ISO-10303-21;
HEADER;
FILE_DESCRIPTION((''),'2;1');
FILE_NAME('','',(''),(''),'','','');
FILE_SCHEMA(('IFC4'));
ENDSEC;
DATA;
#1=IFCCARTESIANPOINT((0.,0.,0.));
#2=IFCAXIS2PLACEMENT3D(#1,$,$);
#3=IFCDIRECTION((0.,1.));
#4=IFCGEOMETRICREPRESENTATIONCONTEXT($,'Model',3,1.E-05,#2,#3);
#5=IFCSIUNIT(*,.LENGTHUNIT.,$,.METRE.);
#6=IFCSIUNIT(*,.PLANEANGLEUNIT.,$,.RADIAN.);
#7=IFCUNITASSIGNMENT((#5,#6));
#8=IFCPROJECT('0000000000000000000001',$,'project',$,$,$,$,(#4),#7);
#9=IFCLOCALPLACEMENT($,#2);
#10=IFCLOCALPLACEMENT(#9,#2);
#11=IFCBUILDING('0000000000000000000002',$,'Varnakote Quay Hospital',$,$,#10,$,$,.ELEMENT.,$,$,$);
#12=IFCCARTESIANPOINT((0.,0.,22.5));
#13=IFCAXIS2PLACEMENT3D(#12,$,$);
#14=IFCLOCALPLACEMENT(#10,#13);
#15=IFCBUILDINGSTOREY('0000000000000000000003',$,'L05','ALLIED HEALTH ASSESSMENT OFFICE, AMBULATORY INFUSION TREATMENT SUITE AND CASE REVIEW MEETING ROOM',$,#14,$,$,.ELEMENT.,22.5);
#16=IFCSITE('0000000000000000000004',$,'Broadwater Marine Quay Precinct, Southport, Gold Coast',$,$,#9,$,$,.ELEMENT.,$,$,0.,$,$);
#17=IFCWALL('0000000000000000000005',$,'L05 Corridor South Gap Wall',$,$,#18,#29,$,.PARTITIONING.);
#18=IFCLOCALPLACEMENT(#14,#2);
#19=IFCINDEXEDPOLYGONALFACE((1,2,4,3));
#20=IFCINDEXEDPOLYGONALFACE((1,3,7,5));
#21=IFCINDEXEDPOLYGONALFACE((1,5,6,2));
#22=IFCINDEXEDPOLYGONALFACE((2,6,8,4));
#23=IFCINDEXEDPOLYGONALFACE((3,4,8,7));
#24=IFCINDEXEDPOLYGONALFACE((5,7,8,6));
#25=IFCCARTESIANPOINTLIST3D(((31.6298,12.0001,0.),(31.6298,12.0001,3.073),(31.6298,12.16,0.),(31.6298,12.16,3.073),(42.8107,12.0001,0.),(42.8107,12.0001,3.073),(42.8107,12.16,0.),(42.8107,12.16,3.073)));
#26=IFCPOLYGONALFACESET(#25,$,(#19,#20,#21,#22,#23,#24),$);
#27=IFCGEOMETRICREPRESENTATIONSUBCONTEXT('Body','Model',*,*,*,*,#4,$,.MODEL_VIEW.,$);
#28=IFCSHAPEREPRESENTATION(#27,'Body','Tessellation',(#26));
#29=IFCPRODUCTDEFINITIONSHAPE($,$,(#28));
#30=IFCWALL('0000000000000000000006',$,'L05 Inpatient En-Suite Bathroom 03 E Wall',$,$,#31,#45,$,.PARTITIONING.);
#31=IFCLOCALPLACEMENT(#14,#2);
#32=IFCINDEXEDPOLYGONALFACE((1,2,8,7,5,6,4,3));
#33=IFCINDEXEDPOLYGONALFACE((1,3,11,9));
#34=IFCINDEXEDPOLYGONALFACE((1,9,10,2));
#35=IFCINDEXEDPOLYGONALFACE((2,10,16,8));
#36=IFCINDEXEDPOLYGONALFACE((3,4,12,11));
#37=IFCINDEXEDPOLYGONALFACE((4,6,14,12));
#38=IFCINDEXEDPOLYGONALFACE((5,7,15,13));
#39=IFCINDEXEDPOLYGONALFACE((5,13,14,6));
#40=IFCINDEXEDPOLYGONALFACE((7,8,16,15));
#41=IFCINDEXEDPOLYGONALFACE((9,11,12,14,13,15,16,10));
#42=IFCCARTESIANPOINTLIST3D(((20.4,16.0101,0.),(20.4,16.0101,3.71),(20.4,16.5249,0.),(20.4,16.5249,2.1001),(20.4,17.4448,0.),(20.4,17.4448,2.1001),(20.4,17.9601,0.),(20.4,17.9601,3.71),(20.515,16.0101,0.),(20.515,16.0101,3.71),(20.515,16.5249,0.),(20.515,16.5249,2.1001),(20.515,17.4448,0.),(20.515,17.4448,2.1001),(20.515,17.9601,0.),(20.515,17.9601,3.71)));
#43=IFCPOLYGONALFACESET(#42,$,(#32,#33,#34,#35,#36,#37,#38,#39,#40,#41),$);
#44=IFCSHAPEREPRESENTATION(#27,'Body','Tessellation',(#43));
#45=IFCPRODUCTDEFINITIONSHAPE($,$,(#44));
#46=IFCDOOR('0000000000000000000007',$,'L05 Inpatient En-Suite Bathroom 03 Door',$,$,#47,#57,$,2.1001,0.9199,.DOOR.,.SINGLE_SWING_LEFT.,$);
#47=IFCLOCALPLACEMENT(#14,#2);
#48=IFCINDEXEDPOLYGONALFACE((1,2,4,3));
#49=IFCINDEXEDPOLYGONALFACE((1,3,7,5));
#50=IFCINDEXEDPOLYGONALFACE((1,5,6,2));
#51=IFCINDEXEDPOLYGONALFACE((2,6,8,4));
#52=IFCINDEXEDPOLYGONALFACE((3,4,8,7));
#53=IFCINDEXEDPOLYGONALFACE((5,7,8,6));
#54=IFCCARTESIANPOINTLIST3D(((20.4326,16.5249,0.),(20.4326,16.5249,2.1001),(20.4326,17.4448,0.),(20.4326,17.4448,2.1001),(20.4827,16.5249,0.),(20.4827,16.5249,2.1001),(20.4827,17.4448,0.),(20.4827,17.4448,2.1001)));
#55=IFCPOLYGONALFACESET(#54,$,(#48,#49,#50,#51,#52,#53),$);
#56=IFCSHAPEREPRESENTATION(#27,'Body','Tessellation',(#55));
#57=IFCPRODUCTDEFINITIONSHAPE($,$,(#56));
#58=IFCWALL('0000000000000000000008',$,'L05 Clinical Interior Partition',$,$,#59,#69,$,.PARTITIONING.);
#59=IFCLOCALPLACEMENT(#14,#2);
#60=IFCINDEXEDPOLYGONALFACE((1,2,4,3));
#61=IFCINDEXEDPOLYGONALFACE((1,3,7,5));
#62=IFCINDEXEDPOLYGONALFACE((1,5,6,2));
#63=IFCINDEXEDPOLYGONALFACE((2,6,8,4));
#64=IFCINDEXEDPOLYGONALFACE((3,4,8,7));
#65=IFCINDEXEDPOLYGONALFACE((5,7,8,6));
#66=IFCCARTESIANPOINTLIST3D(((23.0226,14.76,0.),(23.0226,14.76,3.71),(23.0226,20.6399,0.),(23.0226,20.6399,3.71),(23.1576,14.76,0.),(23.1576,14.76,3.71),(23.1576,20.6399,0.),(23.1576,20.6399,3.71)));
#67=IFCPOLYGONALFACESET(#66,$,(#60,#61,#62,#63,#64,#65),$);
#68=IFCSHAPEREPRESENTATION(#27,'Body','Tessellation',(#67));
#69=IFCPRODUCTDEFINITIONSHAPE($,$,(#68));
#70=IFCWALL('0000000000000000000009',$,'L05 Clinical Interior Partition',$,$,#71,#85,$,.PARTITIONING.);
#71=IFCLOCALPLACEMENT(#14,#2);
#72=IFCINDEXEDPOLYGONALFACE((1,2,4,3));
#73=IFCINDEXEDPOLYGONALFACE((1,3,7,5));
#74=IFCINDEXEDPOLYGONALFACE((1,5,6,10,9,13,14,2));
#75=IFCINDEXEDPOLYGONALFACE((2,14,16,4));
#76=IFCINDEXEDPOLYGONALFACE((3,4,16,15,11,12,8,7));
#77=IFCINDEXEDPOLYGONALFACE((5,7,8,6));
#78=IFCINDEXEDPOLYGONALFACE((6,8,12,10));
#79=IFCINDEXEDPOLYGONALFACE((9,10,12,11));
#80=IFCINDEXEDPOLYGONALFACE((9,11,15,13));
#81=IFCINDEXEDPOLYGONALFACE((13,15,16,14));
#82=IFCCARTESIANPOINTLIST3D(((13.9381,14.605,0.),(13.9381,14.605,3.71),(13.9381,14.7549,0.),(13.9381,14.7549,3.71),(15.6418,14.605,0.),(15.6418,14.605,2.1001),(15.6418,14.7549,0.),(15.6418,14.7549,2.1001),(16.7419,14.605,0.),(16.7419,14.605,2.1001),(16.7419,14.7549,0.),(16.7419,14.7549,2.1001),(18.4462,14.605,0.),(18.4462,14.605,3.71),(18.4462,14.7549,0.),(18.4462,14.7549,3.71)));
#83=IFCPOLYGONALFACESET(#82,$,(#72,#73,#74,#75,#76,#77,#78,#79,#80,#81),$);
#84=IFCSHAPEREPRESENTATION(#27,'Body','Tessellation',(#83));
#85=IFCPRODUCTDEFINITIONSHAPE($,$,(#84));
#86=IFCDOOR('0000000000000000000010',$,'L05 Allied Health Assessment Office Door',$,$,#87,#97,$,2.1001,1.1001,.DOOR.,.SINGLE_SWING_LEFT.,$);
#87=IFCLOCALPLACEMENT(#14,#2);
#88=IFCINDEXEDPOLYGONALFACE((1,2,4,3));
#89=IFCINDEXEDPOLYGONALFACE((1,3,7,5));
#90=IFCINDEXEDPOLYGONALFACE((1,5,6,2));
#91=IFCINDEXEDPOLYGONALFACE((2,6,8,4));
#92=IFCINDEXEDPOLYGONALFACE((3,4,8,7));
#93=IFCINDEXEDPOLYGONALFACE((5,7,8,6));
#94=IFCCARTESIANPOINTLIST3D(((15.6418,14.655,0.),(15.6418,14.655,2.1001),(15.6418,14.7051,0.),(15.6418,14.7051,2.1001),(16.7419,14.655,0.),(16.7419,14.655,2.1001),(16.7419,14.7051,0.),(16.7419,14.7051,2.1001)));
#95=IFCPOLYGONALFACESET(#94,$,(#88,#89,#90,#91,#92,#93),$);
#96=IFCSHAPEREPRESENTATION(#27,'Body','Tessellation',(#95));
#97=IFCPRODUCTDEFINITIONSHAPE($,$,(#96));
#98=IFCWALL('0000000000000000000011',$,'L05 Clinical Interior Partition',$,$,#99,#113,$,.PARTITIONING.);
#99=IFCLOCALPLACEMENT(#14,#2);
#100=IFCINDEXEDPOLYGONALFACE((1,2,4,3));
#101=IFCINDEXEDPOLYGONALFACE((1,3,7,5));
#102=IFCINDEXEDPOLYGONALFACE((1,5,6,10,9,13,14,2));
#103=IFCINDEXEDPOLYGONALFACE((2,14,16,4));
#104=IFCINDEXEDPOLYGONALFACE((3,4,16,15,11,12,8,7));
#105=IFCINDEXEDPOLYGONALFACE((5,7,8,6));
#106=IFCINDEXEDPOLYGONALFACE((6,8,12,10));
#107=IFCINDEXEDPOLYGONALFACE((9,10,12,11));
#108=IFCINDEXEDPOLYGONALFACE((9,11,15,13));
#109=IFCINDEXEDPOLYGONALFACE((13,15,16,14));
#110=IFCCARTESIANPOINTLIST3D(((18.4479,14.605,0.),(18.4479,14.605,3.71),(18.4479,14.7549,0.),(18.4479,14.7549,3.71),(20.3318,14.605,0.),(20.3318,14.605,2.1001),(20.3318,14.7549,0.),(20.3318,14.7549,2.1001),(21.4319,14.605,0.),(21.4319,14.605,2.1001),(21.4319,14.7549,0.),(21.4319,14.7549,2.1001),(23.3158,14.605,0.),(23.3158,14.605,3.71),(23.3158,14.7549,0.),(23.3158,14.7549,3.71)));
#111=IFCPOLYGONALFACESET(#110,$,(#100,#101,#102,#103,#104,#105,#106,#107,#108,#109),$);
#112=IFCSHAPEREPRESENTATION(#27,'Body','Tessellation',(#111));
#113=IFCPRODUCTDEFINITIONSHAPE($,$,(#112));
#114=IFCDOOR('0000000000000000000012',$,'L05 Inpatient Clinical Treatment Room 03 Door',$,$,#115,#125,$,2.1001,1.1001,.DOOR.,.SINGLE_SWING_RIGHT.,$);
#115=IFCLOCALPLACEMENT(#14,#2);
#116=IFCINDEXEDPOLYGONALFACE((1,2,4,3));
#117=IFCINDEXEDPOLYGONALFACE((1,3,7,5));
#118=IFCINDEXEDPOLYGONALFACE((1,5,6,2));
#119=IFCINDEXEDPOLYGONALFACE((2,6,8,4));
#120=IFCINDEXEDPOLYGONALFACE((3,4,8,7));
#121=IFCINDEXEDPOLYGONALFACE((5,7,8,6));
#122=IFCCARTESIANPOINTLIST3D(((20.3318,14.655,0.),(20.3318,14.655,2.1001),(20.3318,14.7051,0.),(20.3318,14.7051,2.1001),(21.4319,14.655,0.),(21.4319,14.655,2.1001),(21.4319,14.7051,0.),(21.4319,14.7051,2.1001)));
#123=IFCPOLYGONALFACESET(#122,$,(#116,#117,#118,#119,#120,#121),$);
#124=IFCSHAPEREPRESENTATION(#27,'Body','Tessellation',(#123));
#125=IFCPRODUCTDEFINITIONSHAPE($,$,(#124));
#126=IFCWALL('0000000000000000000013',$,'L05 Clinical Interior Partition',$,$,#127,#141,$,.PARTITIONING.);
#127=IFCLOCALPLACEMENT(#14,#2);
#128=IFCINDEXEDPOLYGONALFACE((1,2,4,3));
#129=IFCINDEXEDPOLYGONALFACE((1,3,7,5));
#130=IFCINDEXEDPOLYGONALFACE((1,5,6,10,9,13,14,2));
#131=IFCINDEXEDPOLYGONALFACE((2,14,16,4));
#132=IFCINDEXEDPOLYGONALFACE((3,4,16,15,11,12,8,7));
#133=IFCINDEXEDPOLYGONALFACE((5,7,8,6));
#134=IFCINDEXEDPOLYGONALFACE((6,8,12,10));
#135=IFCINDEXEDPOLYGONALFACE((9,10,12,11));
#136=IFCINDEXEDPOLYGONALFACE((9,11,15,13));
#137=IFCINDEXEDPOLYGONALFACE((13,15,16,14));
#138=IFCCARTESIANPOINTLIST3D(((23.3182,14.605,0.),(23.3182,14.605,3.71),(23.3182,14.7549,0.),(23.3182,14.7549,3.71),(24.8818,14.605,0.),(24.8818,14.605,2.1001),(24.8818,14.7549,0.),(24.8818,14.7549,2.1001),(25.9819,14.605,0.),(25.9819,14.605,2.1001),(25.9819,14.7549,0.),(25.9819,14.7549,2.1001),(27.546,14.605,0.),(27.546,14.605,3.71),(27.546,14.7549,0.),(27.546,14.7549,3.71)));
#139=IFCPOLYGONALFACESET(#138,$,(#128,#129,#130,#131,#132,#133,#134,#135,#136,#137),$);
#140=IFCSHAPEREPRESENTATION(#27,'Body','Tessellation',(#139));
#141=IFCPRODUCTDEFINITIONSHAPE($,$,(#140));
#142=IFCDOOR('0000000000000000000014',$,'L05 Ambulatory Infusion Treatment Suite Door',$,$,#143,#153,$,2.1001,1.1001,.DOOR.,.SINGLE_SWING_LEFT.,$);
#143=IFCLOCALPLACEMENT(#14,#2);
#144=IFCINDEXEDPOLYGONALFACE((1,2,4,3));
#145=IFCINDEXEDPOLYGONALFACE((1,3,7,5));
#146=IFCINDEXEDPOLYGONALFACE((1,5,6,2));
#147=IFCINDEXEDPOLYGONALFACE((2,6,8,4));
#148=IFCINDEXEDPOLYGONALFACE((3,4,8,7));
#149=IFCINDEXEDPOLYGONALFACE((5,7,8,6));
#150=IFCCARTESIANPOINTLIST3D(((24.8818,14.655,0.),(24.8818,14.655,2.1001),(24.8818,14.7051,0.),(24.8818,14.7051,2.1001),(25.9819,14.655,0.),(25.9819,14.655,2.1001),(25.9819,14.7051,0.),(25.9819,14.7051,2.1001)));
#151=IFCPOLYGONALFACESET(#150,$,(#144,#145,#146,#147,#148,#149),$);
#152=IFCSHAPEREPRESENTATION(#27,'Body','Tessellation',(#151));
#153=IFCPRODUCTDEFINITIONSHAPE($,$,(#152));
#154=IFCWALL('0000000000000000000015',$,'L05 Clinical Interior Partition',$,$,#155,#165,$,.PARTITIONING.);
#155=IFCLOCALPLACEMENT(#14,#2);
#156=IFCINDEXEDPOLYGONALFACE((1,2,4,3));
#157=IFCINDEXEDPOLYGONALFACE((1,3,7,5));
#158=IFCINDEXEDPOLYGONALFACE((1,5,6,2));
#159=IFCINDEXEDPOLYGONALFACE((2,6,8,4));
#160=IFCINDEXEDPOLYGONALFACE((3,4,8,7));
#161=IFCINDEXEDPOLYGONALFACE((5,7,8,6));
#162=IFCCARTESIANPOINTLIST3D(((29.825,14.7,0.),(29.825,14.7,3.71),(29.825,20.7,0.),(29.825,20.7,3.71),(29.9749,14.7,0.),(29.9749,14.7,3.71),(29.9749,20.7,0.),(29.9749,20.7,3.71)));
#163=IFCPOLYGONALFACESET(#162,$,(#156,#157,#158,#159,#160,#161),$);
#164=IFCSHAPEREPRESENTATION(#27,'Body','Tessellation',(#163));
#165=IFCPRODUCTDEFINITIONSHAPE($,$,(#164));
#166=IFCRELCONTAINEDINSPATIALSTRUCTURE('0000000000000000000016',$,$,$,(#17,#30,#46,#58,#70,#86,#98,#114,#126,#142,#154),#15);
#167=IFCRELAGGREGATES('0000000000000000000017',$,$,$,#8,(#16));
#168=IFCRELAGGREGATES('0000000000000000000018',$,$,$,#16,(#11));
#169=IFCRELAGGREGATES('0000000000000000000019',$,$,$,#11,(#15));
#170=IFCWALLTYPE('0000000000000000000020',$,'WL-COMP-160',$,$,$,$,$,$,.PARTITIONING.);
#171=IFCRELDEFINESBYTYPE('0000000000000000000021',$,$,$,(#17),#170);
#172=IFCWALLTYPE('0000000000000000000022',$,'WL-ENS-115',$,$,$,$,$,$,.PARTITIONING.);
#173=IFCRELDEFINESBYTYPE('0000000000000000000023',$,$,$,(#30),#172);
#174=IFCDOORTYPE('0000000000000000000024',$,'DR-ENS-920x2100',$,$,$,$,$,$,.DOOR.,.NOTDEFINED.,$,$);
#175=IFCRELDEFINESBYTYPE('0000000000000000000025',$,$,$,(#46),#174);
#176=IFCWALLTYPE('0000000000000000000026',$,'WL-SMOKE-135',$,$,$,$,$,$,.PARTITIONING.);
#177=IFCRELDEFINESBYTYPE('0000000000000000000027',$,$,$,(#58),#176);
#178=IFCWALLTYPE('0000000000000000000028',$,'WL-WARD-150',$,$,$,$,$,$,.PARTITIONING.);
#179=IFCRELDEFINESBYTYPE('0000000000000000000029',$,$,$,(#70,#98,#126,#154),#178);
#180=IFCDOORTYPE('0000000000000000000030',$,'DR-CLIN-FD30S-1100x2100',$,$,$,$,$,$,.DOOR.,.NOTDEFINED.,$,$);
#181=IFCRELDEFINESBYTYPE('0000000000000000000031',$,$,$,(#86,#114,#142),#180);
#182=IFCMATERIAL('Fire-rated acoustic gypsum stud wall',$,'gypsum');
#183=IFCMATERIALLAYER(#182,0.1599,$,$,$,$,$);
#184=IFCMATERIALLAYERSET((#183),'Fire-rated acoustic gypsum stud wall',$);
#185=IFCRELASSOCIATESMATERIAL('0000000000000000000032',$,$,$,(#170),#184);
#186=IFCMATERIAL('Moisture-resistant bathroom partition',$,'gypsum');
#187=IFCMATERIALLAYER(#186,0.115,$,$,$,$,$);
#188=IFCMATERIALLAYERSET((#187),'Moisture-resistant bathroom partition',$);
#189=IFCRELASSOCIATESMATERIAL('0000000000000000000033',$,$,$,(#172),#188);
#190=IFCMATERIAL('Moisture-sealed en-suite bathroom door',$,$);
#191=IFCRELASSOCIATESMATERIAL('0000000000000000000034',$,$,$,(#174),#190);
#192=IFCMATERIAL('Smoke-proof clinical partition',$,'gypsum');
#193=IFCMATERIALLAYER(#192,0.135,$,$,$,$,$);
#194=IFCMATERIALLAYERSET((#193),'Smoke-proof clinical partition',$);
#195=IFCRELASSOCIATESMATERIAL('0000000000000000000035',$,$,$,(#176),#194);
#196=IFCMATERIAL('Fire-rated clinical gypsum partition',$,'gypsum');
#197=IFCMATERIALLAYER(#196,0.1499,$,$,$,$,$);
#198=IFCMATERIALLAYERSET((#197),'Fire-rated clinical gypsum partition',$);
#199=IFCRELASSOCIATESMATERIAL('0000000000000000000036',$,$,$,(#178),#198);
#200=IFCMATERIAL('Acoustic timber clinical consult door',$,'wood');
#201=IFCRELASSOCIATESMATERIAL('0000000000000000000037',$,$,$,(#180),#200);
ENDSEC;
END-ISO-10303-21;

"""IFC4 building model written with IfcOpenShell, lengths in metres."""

from ifc_helpers import new_model, si_unit, direction, frame, frame_2d, origin, place, context, subcontext, project, spatial, rectangle, extrude, material, layer, layer_set, type_object, element, fill, save


model = new_model("IFC4")

# Units and contexts
model_context = context("Model", 3, precision=1e-05, world=origin(), true_north=direction((0.0, 1.0)))
body_context = subcontext(model_context, "Body", "Model", "MODEL_VIEW")
ifc_project = project(units=[si_unit("LENGTHUNIT", "METRE"), si_unit("PLANEANGLEUNIT", "RADIAN")], contexts=[model_context])

# Site, building, storey
site_placement = place(None, origin())
site = spatial("IfcSite", under=ifc_project, at=site_placement, Name="Broadwater Marine Quay Precinct, Southport, Gold Coast", CompositionType="ELEMENT", RefElevation=0.0)
building_placement = place(site_placement, origin())
building = spatial("IfcBuilding", under=site, at=building_placement, Name="Varnakote Quay Hospital", CompositionType="ELEMENT")
storey_placement = place(building_placement, frame((0.0, 0.0, 22.5)))
storey = spatial("IfcBuildingStorey", under=building, at=storey_placement, Name="L05", Description="ALLIED HEALTH ASSESSMENT OFFICE, AMBULATORY INFUSION TREATMENT SUITE AND CASE REVIEW MEETING ROOM", CompositionType="ELEMENT", Elevation=22.5)

# Shared definitions
ifc_material_1 = material(Name="Fire-rated acoustic gypsum stud wall", Category="gypsum")
ifc_layer_1 = layer(ifc_material_1, 0.1599)
ifc_layer_set_1 = layer_set([ifc_layer_1], Name="Fire-rated acoustic gypsum stud wall")
wall_type_1 = type_object("IfcWallType", Name="WL-COMP-160", PredefinedType="PARTITIONING", material=ifc_layer_set_1)

# Wall
wall_1_placement = place(storey_placement, frame((31.6299, 12.0801, 0.0), z_axis=(0.0, 0.0, 1.0), x_axis=(1.0, 0.0, 0.0)))
element("IfcWall", 1, at=wall_1_placement, inside=storey, type_object=wall_type_1, Name="L05 Corridor South Gap Wall", PredefinedType="PARTITIONING", context=body_context, shape_type="SweptSolid", body=[
    extrude(rectangle(XDim=11.1809, YDim=0.1599, at=frame_2d((5.5903, 0.0))), origin(), (0.0, 0.0, 1.0), 3.073),
])

# Wall, opening, door
ifc_material_2 = material(Name="Moisture-resistant bathroom partition", Category="gypsum")
ifc_layer_2 = layer(ifc_material_2, 0.115)
ifc_layer_set_2 = layer_set([ifc_layer_2], Name="Moisture-resistant bathroom partition")
wall_type_2 = type_object("IfcWallType", Name="WL-ENS-115", PredefinedType="PARTITIONING", material=ifc_layer_set_2)
wall_2_placement = place(storey_placement, frame((20.4575, 16.01, 0.0), z_axis=(0.0, 0.0, 1.0), x_axis=(0.0, 1.0, 0.0)))
wall_2 = element("IfcWall", 2, at=wall_2_placement, inside=storey, type_object=wall_type_2, Name="L05 Inpatient En-Suite Bathroom 03 E Wall", PredefinedType="PARTITIONING", context=body_context, shape_type="SweptSolid", body=[
    extrude(rectangle(XDim=1.95, YDim=0.115, at=frame_2d((0.9751, 0.0))), origin(), (0.0, 0.0, 1.0), 3.71),
])
opening_1_placement = place(wall_2_placement, frame((0.5149, 0.0, 0.0)))
opening_1 = element("IfcOpeningElement", 3, at=opening_1_placement, cuts=wall_2, PredefinedType="OPENING", context=body_context, shape_type="SweptSolid", body=[
    extrude(rectangle(XDim=0.9199, YDim=2.1001, at=frame_2d((0.46, 1.05))), frame((0.0, 0.0674, 0.0), z_axis=(0.0, -1.0, 0.0), x_axis=(1.0, 0.0, 0.0)), (0.0, 0.0, 1.0), 0.135),
])
ifc_material_3 = material(Name="Moisture-sealed en-suite bathroom door")
door_type_1 = type_object("IfcDoorType", Name="DR-ENS-920x2100", OperationType="NOTDEFINED", PredefinedType="DOOR", material=ifc_material_3)
door_1_placement = place(opening_1_placement, origin())
door_1 = element("IfcDoor", 4, at=door_1_placement, inside=storey, type_object=door_type_1, Name="L05 Inpatient En-Suite Bathroom 03 Door", OperationType="SINGLE_SWING_LEFT", OverallHeight=2.1001, OverallWidth=0.9199, PredefinedType="DOOR", context=body_context, shape_type="SweptSolid", body=[
    extrude(rectangle(XDim=0.9199, YDim=2.1001, at=frame_2d((0.46, 1.05))), frame((0.0, 0.0249, 0.0), z_axis=(0.0, -1.0, 0.0), x_axis=(1.0, 0.0, 0.0)), (0.0, 0.0, 1.0), 0.05),
])
fill(opening_1, door_1)

# Wall
ifc_material_4 = material(Name="Smoke-proof clinical partition", Category="gypsum")
ifc_layer_3 = layer(ifc_material_4, 0.135)
ifc_layer_set_3 = layer_set([ifc_layer_3], Name="Smoke-proof clinical partition")
wall_type_3 = type_object("IfcWallType", Name="WL-SMOKE-135", PredefinedType="PARTITIONING", material=ifc_layer_set_3)
wall_3_placement = place(storey_placement, frame((23.0901, 14.76, 0.0), z_axis=(0.0, 0.0, 1.0), x_axis=(0.0, 1.0, 0.0)))
element("IfcWall", 5, at=wall_3_placement, inside=storey, type_object=wall_type_3, Name="L05 Clinical Interior Partition", PredefinedType="PARTITIONING", context=body_context, shape_type="SweptSolid", body=[
    extrude(rectangle(XDim=5.8799, YDim=0.135, at=frame_2d((2.9399, 0.0))), origin(), (0.0, 0.0, 1.0), 3.71),
])

# Walls, openings, doors
ifc_material_5 = material(Name="Fire-rated clinical gypsum partition", Category="gypsum")
ifc_layer_4 = layer(ifc_material_5, 0.1499)
ifc_layer_set_4 = layer_set([ifc_layer_4], Name="Fire-rated clinical gypsum partition")
wall_type_4 = type_object("IfcWallType", Name="WL-WARD-150", PredefinedType="PARTITIONING", material=ifc_layer_set_4)
wall_4_placement = place(storey_placement, frame((18.446, 14.6799, 0.0), z_axis=(0.0, 0.0, 1.0), x_axis=(-1.0, 0.0, 0.0)))
wall_4 = element("IfcWall", 6, at=wall_4_placement, inside=storey, type_object=wall_type_4, Name="L05 Clinical Interior Partition", PredefinedType="PARTITIONING", context=body_context, shape_type="SweptSolid", body=[
    extrude(rectangle(XDim=4.5081, YDim=0.1499, at=frame_2d((2.2539, 0.0))), origin(), (0.0, 0.0, 1.0), 3.71),
])
opening_2_placement = place(wall_4_placement, frame((1.7041, 0.0, 0.0)))
opening_2 = element("IfcOpeningElement", 7, at=opening_2_placement, cuts=wall_4, PredefinedType="OPENING", context=body_context, shape_type="SweptSolid", body=[
    extrude(rectangle(XDim=1.1001, YDim=2.1001, at=frame_2d((0.55, 1.05))), frame((0.0, 0.085, 0.0), z_axis=(0.0, -1.0, 0.0), x_axis=(1.0, 0.0, 0.0)), (0.0, 0.0, 1.0), 0.1699),
])
ifc_material_6 = material(Name="Acoustic timber clinical consult door", Category="wood")
door_type_2 = type_object("IfcDoorType", Name="DR-CLIN-FD30S-1100x2100", OperationType="NOTDEFINED", PredefinedType="DOOR", material=ifc_material_6)
door_2_placement = place(opening_2_placement, origin())
door_2 = element("IfcDoor", 8, at=door_2_placement, inside=storey, type_object=door_type_2, Name="L05 Allied Health Assessment Office Door", OperationType="SINGLE_SWING_LEFT", OverallHeight=2.1001, OverallWidth=1.1001, PredefinedType="DOOR", context=body_context, shape_type="SweptSolid", body=[
    extrude(rectangle(XDim=1.1001, YDim=2.1001, at=frame_2d((0.55, 1.05))), frame((0.0, 0.0249, 0.0), z_axis=(0.0, -1.0, 0.0), x_axis=(1.0, 0.0, 0.0)), (0.0, 0.0, 1.0), 0.05),
])
fill(opening_2, door_2)
wall_5_placement = place(storey_placement, frame((23.3159, 14.6799, 0.0), z_axis=(0.0, 0.0, 1.0), x_axis=(-1.0, 0.0, 0.0)))
wall_5 = element("IfcWall", 9, at=wall_5_placement, inside=storey, type_object=wall_type_4, Name="L05 Clinical Interior Partition", PredefinedType="PARTITIONING", context=body_context, shape_type="SweptSolid", body=[
    extrude(rectangle(XDim=4.8679, YDim=0.1499, at=frame_2d((2.4341, 0.0))), origin(), (0.0, 0.0, 1.0), 3.71),
])
opening_3_placement = place(wall_5_placement, frame((1.884, 0.0, 0.0)))
opening_3 = element("IfcOpeningElement", 10, at=opening_3_placement, cuts=wall_5, PredefinedType="OPENING", context=body_context, shape_type="SweptSolid", body=[
    extrude(rectangle(XDim=1.1001, YDim=2.1001, at=frame_2d((0.55, 1.05))), frame((0.0, 0.085, 0.0), z_axis=(0.0, -1.0, 0.0), x_axis=(1.0, 0.0, 0.0)), (0.0, 0.0, 1.0), 0.1699),
])
door_3_placement = place(opening_3_placement, origin())
door_3 = element("IfcDoor", 11, at=door_3_placement, inside=storey, type_object=door_type_2, Name="L05 Inpatient Clinical Treatment Room 03 Door", OperationType="SINGLE_SWING_RIGHT", OverallHeight=2.1001, OverallWidth=1.1001, PredefinedType="DOOR", context=body_context, shape_type="SweptSolid", body=[
    extrude(rectangle(XDim=1.1001, YDim=2.1001, at=frame_2d((0.55, 1.05))), frame((0.0, 0.0249, 0.0), z_axis=(0.0, -1.0, 0.0), x_axis=(1.0, 0.0, 0.0)), (0.0, 0.0, 1.0), 0.05),
])
fill(opening_3, door_3)
wall_6_placement = place(storey_placement, frame((27.5459, 14.6799, 0.0), z_axis=(0.0, 0.0, 1.0), x_axis=(-1.0, 0.0, 0.0)))
wall_6 = element("IfcWall", 12, at=wall_6_placement, inside=storey, type_object=wall_type_4, Name="L05 Clinical Interior Partition", PredefinedType="PARTITIONING", context=body_context, shape_type="SweptSolid", body=[
    extrude(rectangle(XDim=4.2278, YDim=0.1499, at=frame_2d((2.1138, 0.0))), origin(), (0.0, 0.0, 1.0), 3.71),
])
opening_4_placement = place(wall_6_placement, frame((1.564, 0.0, 0.0)))
opening_4 = element("IfcOpeningElement", 13, at=opening_4_placement, cuts=wall_6, PredefinedType="OPENING", context=body_context, shape_type="SweptSolid", body=[
    extrude(rectangle(XDim=1.1001, YDim=2.1001, at=frame_2d((0.55, 1.05))), frame((0.0, 0.085, 0.0), z_axis=(0.0, -1.0, 0.0), x_axis=(1.0, 0.0, 0.0)), (0.0, 0.0, 1.0), 0.1699),
])
door_4_placement = place(opening_4_placement, origin())
door_4 = element("IfcDoor", 14, at=door_4_placement, inside=storey, type_object=door_type_2, Name="L05 Ambulatory Infusion Treatment Suite Door", OperationType="SINGLE_SWING_LEFT", OverallHeight=2.1001, OverallWidth=1.1001, PredefinedType="DOOR", context=body_context, shape_type="SweptSolid", body=[
    extrude(rectangle(XDim=1.1001, YDim=2.1001, at=frame_2d((0.55, 1.05))), frame((0.0, 0.0249, 0.0), z_axis=(0.0, -1.0, 0.0), x_axis=(1.0, 0.0, 0.0)), (0.0, 0.0, 1.0), 0.05),
])
fill(opening_4, door_4)

# Wall
wall_7_placement = place(storey_placement, frame((29.8999, 14.7, 0.0), z_axis=(0.0, 0.0, 1.0), x_axis=(0.0, 1.0, 0.0)))
element("IfcWall", 15, at=wall_7_placement, inside=storey, type_object=wall_type_4, Name="L05 Clinical Interior Partition", PredefinedType="PARTITIONING", context=body_context, shape_type="SweptSolid", body=[
    extrude(rectangle(XDim=6.0, YDim=0.1499, at=frame_2d((3.0, 0.0))), origin(), (0.0, 0.0, 1.0), 3.71),
])

save(model, "model.ifc")
